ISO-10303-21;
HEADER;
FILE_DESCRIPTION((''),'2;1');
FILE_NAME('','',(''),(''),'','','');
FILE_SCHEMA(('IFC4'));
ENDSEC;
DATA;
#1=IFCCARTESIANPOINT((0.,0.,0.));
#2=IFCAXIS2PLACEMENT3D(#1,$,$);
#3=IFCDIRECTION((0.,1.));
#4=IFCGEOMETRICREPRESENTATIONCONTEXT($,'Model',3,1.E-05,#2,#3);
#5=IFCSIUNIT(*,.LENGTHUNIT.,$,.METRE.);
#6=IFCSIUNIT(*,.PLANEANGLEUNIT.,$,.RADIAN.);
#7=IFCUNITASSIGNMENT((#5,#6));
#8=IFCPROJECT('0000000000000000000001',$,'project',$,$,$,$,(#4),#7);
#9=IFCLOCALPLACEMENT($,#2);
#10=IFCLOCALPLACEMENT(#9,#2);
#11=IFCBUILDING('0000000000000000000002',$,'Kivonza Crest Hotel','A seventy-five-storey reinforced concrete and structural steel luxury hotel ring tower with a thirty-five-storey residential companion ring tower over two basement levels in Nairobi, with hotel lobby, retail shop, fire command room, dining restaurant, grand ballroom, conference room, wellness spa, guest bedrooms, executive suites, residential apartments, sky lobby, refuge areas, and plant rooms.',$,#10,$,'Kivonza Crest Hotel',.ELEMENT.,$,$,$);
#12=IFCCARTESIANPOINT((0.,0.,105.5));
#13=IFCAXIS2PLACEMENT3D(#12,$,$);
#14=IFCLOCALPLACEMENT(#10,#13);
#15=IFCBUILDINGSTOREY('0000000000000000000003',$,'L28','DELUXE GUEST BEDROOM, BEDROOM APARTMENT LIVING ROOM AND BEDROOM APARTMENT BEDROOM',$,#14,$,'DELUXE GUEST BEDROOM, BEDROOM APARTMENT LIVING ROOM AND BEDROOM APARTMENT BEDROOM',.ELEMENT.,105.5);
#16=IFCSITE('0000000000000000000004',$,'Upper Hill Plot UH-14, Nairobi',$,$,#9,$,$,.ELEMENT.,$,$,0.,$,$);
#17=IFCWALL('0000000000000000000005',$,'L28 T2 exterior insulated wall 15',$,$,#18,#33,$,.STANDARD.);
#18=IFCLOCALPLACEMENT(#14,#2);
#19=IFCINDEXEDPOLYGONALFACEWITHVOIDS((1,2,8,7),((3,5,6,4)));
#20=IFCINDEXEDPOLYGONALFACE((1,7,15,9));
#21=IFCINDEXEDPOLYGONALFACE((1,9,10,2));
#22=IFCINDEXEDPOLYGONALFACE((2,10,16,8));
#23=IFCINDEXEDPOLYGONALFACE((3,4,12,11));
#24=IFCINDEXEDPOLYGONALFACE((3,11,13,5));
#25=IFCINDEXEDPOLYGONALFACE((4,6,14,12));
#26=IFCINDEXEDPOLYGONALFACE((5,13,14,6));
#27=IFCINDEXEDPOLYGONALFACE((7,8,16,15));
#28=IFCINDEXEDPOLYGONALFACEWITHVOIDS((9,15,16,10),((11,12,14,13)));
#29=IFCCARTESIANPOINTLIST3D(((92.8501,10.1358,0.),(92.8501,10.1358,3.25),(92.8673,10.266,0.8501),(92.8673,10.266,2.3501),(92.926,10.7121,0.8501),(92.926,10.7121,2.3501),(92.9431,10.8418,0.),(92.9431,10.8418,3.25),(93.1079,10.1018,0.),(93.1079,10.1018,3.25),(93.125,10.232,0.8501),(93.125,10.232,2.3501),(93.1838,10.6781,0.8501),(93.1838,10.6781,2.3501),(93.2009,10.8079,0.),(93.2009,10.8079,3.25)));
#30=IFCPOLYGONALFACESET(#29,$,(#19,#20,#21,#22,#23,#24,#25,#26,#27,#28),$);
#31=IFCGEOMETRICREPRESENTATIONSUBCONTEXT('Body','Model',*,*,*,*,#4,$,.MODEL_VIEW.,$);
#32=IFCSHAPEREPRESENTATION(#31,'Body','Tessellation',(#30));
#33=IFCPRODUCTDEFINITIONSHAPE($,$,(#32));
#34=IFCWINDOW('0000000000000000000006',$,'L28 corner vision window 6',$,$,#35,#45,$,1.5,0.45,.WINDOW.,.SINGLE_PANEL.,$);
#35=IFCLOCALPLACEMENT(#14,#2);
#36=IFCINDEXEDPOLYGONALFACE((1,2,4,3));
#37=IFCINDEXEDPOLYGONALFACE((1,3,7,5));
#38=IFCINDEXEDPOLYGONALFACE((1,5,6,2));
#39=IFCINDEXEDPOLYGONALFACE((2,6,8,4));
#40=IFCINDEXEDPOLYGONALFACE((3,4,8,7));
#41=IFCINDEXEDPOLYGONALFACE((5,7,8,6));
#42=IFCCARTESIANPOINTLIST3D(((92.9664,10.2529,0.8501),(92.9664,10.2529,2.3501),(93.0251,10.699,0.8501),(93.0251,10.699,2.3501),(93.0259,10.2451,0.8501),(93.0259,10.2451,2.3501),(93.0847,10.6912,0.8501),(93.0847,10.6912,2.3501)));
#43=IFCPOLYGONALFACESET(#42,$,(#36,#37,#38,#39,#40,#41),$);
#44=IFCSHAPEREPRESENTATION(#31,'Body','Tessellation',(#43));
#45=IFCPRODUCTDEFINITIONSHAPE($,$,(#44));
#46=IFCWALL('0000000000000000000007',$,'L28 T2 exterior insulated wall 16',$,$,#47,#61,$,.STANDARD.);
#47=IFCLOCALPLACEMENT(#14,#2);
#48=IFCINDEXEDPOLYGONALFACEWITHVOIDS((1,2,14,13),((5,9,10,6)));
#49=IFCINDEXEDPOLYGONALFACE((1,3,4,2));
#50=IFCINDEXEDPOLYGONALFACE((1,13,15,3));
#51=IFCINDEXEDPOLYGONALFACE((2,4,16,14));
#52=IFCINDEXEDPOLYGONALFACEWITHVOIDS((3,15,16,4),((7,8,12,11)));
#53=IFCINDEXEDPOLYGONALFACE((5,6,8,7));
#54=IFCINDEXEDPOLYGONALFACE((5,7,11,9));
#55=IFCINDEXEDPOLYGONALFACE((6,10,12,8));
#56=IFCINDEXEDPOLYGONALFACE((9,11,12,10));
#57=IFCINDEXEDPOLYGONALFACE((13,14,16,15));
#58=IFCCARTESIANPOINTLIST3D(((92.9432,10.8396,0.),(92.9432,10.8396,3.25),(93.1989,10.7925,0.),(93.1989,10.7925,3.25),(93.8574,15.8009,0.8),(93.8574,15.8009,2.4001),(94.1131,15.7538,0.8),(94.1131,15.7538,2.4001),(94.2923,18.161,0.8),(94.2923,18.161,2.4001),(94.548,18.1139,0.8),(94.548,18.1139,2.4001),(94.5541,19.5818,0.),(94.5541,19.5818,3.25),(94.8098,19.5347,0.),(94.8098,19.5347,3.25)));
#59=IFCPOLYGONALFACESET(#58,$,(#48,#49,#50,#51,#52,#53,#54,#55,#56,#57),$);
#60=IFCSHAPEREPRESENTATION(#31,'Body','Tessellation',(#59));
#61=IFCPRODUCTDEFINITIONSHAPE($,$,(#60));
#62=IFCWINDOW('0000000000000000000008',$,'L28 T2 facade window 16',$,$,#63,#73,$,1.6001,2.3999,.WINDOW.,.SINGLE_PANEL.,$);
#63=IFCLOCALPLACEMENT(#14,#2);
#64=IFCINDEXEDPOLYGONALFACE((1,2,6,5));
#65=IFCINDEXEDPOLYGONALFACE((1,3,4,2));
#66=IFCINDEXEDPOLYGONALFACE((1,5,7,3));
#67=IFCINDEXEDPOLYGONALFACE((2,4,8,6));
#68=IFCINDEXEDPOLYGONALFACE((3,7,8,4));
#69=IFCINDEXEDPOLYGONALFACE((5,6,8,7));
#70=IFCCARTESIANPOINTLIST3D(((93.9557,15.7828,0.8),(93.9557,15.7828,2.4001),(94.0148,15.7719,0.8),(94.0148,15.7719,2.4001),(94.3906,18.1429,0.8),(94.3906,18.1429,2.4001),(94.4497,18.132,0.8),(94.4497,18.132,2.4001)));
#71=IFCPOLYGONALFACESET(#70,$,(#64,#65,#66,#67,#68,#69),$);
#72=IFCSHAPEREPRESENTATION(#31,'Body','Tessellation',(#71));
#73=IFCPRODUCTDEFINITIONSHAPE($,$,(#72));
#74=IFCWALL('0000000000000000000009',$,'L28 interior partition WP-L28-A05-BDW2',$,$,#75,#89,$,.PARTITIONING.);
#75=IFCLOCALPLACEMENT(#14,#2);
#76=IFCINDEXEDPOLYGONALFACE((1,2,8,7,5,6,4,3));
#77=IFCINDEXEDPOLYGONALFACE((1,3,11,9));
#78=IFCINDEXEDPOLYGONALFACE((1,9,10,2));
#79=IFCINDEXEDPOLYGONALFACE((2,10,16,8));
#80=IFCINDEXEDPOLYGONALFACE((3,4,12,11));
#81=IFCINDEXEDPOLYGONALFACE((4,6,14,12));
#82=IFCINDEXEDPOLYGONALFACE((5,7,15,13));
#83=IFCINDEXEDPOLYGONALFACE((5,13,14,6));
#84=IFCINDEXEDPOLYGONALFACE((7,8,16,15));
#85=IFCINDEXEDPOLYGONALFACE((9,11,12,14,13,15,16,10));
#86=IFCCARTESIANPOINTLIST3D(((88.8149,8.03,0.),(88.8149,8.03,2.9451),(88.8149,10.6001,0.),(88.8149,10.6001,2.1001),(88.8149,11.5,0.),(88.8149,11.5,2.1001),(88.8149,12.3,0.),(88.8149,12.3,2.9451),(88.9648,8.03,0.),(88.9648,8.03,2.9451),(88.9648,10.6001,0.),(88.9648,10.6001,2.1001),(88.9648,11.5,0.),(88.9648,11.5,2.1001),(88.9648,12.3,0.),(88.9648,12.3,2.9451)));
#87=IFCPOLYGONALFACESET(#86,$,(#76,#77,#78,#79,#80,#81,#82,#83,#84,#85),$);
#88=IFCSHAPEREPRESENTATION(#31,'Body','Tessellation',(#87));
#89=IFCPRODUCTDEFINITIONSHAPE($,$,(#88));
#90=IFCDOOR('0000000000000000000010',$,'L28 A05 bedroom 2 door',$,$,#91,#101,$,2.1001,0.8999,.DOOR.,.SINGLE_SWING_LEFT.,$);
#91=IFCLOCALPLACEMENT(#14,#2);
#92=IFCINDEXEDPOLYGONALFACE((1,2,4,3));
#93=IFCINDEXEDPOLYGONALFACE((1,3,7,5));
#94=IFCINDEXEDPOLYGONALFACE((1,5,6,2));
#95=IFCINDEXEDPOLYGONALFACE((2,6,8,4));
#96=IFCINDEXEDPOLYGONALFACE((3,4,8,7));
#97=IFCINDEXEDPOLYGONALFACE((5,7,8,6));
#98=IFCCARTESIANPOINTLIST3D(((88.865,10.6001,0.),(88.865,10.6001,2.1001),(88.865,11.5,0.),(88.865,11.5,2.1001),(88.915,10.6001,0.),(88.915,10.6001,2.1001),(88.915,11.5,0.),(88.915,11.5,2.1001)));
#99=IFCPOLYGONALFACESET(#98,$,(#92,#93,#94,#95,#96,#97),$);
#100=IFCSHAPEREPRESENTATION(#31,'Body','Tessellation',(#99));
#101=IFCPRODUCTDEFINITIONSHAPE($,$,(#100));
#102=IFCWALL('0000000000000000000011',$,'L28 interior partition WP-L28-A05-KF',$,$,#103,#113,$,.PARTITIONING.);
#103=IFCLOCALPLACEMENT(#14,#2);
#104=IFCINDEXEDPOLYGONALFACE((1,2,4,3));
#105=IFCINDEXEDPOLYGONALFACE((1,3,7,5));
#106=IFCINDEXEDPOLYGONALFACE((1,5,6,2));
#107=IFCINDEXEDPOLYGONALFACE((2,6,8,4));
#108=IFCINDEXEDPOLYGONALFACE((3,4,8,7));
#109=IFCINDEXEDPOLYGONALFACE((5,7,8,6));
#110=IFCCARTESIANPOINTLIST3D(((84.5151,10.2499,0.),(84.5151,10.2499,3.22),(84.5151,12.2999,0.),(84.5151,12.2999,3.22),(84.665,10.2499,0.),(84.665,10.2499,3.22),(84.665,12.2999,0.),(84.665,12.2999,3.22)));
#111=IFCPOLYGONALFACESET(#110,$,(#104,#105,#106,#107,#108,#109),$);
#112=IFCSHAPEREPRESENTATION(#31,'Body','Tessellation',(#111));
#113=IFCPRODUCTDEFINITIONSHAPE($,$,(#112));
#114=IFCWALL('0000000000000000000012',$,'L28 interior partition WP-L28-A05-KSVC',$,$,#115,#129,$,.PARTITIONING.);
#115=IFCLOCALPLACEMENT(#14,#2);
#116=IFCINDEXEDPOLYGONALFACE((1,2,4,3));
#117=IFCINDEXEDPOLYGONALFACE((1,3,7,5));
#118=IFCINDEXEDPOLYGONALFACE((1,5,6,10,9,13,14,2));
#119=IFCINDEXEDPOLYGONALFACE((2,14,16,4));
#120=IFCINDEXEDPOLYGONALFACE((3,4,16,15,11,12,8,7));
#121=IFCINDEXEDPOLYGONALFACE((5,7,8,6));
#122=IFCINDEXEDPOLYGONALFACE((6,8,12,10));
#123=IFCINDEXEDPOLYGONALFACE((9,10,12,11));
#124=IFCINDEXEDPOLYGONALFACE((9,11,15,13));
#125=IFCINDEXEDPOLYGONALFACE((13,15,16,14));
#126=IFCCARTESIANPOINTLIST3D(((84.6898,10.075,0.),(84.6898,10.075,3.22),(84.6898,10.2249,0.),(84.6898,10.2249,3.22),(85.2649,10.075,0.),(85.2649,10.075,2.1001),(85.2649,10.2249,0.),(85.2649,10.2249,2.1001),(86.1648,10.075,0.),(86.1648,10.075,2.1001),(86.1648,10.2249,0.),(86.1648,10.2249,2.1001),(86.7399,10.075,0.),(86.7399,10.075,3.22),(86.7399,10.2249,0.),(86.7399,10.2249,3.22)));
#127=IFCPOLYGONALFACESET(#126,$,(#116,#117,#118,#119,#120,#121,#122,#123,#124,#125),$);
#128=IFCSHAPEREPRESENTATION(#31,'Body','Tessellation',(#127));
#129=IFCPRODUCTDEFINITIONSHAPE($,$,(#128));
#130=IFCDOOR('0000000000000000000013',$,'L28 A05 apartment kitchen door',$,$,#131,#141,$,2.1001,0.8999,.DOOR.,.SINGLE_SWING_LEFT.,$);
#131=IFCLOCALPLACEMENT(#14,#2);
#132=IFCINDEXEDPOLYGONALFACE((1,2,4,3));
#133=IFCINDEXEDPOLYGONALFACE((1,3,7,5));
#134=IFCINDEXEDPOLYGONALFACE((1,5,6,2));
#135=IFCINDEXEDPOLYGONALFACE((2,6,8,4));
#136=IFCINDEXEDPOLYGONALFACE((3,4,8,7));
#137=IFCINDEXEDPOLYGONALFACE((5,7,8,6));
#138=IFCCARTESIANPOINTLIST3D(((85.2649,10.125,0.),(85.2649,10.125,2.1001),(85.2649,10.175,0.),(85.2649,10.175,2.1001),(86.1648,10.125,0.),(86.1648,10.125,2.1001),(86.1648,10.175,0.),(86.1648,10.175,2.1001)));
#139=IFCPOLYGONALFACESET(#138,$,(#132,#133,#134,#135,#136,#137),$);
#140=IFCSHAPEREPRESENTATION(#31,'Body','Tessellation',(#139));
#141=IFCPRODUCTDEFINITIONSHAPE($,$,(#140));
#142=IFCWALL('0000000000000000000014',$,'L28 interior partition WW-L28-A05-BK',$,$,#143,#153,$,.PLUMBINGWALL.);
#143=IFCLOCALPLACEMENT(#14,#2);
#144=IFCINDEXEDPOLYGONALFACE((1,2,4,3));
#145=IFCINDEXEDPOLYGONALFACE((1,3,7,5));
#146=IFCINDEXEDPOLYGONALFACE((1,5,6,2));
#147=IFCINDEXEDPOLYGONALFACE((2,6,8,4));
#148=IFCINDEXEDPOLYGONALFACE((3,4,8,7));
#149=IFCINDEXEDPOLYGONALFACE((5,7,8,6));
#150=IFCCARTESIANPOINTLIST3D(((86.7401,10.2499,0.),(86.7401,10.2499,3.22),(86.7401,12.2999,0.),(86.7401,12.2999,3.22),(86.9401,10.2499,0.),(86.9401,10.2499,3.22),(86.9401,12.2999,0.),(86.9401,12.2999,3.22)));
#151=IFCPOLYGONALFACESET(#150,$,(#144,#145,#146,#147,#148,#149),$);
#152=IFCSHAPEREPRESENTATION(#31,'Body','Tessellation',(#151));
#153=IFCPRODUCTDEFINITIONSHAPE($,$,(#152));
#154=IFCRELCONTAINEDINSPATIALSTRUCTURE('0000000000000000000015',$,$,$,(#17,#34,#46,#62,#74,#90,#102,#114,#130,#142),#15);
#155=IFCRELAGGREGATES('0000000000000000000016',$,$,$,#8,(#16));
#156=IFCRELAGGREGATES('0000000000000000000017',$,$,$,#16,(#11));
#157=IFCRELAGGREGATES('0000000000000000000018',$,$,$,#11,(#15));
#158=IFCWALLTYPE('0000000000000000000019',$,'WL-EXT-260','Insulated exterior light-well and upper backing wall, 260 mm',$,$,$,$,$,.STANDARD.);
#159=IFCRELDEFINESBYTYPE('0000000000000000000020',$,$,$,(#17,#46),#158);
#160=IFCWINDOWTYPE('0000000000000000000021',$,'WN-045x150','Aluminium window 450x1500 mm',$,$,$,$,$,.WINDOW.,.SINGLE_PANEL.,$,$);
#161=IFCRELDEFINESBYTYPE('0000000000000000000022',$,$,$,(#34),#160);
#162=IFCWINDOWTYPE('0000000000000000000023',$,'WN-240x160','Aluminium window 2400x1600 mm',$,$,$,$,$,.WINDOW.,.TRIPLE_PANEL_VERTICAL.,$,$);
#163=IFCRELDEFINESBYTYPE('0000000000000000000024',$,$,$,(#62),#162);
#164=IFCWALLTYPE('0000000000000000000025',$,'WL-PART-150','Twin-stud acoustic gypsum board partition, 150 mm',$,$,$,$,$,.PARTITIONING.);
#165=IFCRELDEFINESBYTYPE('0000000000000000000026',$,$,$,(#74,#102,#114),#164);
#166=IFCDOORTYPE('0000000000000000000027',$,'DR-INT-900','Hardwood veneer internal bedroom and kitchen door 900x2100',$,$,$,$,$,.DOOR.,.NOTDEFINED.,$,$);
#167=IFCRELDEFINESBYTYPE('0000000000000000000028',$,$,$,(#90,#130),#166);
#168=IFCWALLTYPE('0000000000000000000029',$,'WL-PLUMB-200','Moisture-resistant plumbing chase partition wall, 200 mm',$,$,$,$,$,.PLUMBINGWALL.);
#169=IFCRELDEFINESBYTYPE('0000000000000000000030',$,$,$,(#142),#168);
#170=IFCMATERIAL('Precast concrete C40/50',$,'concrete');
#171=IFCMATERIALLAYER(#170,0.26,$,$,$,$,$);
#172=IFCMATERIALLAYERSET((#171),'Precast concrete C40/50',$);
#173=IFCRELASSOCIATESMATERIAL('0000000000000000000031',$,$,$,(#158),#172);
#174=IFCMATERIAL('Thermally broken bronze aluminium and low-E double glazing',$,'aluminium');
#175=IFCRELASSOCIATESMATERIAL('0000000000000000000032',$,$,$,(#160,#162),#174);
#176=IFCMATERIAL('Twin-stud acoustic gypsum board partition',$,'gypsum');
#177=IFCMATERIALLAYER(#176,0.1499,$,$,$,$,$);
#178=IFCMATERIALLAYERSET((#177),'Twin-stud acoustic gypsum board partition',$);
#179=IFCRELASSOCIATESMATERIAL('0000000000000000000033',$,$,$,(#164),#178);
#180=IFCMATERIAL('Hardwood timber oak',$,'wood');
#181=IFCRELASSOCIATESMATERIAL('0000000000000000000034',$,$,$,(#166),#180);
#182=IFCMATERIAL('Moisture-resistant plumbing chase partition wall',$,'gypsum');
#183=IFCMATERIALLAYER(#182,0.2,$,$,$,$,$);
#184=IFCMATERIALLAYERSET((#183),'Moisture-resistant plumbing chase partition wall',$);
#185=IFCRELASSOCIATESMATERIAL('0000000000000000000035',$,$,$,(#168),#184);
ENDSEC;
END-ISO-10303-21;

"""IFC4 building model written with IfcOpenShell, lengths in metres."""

from ifc_helpers import new_model, si_unit, direction, frame, frame_2d, origin, place, context, subcontext, project, spatial, rectangle, extrude, material, layer, layer_set, type_object, element, fill, save


model = new_model("IFC4")

# Units and contexts
model_context = context("Model", 3, precision=1e-05, world=origin(), true_north=direction((0.0, 1.0)))
body_context = subcontext(model_context, "Body", "Model", "MODEL_VIEW")
ifc_project = project(units=[si_unit("LENGTHUNIT", "METRE"), si_unit("PLANEANGLEUNIT", "RADIAN")], contexts=[model_context])

# Site, building, storey
site_placement = place(None, origin())
site = spatial("IfcSite", under=ifc_project, at=site_placement, Name="Upper Hill Plot UH-14, Nairobi", CompositionType="ELEMENT", RefElevation=0.0)
building_placement = place(site_placement, origin())
building = spatial("IfcBuilding", under=site, at=building_placement, Name="Kivonza Crest Hotel", Description="A seventy-five-storey reinforced concrete and structural steel luxury hotel ring tower with a thirty-five-storey residential companion ring tower over two basement levels in Nairobi, with hotel lobby, retail shop, fire command room, dining restaurant, grand ballroom, conference room, wellness spa, guest bedrooms, executive suites, residential apartments, sky lobby, refuge areas, and plant rooms.", LongName="Kivonza Crest Hotel", CompositionType="ELEMENT")
storey_placement = place(building_placement, frame((0.0, 0.0, 105.5)))
storey = spatial("IfcBuildingStorey", under=building, at=storey_placement, Name="L28", Description="DELUXE GUEST BEDROOM, BEDROOM APARTMENT LIVING ROOM AND BEDROOM APARTMENT BEDROOM", LongName="DELUXE GUEST BEDROOM, BEDROOM APARTMENT LIVING ROOM AND BEDROOM APARTMENT BEDROOM", CompositionType="ELEMENT", Elevation=105.5)

# Shared definitions
ifc_material_1 = material(Name="Precast concrete C40/50", Category="concrete")
ifc_layer_1 = layer(ifc_material_1, 0.26)
ifc_layer_set_1 = layer_set([ifc_layer_1], Name="Precast concrete C40/50")
wall_type_1 = type_object("IfcWallType", Name="WL-EXT-260", Description="Insulated exterior light-well and upper backing wall, 260 mm", PredefinedType="STANDARD", material=ifc_layer_set_1)

# Walls, openings, windows
wall_1_placement = place(storey_placement, frame((92.979, 10.1189, 0.0), z_axis=(0.0, 0.0, 1.0), x_axis=(0.130614, 0.991433, 0.0)))
wall_1 = element("IfcWall", 1, at=wall_1_placement, inside=storey, type_object=wall_type_1, Name="L28 T2 exterior insulated wall 15", PredefinedType="STANDARD", context=body_context, shape_type="SweptSolid", body=[
    extrude(rectangle(XDim=0.7122, YDim=0.26, at=frame_2d((0.356, 0.0))), origin(), (0.0, 0.0, 1.0), 3.25),
])
opening_1_placement = place(wall_1_placement, frame((0.1311, 0.0, 0.8501)))
opening_1 = element("IfcOpeningElement", 2, at=opening_1_placement, cuts=wall_1, PredefinedType="OPENING", context=body_context, shape_type="SweptSolid", body=[
    extrude(rectangle(XDim=0.45, YDim=1.5, at=frame_2d((0.2251, 0.75))), frame((0.0, 0.1401, 0.0), z_axis=(0.0, -1.0, 0.0), x_axis=(1.0, 0.0, 0.0)), (0.0, 0.0, 1.0), 0.28),
])
ifc_material_2 = material(Name="Thermally broken bronze aluminium and low-E double glazing", Category="aluminium")
window_type_1 = type_object("IfcWindowType", Name="WN-045x150", Description="Aluminium window 450x1500 mm", PartitioningType="SINGLE_PANEL", PredefinedType="WINDOW", material=ifc_material_2)
window_1_placement = place(opening_1_placement, origin())
window_1 = element("IfcWindow", 3, at=window_1_placement, inside=storey, type_object=window_type_1, Name="L28 corner vision window 6", OverallHeight=1.5, OverallWidth=0.45, PartitioningType="SINGLE_PANEL", PredefinedType="WINDOW", context=body_context, shape_type="SweptSolid", body=[
    extrude(rectangle(XDim=0.45, YDim=1.5, at=frame_2d((0.2251, 0.75))), frame((0.0, 0.03, 0.0), z_axis=(0.0, -1.0, 0.0), x_axis=(1.0, 0.0, 0.0)), (0.0, 0.0, 1.0), 0.0601),
])
fill(opening_1, window_1)
wall_2_placement = place(storey_placement, frame((93.071, 10.8159, 0.0), z_axis=(0.0, 0.0, 1.0), x_axis=(0.18121, 0.983444, 0.0)))
wall_2 = element("IfcWall", 4, at=wall_2_placement, inside=storey, type_object=wall_type_1, Name="L28 T2 exterior insulated wall 16", PredefinedType="STANDARD", context=body_context, shape_type="SweptSolid", body=[
    extrude(rectangle(XDim=8.8894, YDim=0.26, at=frame_2d((4.4448, 0.0))), origin(), (0.0, 0.0, 1.0), 3.25),
])
opening_2_placement = place(wall_2_placement, frame((5.0449, 0.0, 0.8)))
opening_2 = element("IfcOpeningElement", 5, at=opening_2_placement, cuts=wall_2, PredefinedType="OPENING", context=body_context, shape_type="SweptSolid", body=[
    extrude(rectangle(XDim=2.3999, YDim=1.6001, at=frame_2d((1.2, 0.8))), frame((0.0, 0.1401, 0.0), z_axis=(0.0, -1.0, 0.0), x_axis=(1.0, 0.0, 0.0)), (0.0, 0.0, 1.0), 0.28),
])
window_type_2 = type_object("IfcWindowType", Name="WN-240x160", Description="Aluminium window 2400x1600 mm", PartitioningType="TRIPLE_PANEL_VERTICAL", PredefinedType="WINDOW", material=ifc_material_2)
window_2_placement = place(opening_2_placement, origin())
window_2 = element("IfcWindow", 6, at=window_2_placement, inside=storey, type_object=window_type_2, Name="L28 T2 facade window 16", OverallHeight=1.6001, OverallWidth=2.3999, PartitioningType="SINGLE_PANEL", PredefinedType="WINDOW", context=body_context, shape_type="SweptSolid", body=[
    extrude(rectangle(XDim=2.3999, YDim=1.6001, at=frame_2d((1.2, 0.8))), frame((0.0, 0.03, 0.0), z_axis=(0.0, -1.0, 0.0), x_axis=(1.0, 0.0, 0.0)), (0.0, 0.0, 1.0), 0.0601),
])
fill(opening_2, window_2)

# Wall, opening, door
ifc_material_3 = material(Name="Twin-stud acoustic gypsum board partition", Category="gypsum")
ifc_layer_2 = layer(ifc_material_3, 0.1499)
ifc_layer_set_2 = layer_set([ifc_layer_2], Name="Twin-stud acoustic gypsum board partition")
wall_type_2 = type_object("IfcWallType", Name="WL-PART-150", Description="Twin-stud acoustic gypsum board partition, 150 mm", PredefinedType="PARTITIONING", material=ifc_layer_set_2)
wall_3_placement = place(storey_placement, frame((88.8899, 8.03, 0.0), z_axis=(0.0, 0.0, 1.0), x_axis=(0.0, 1.0, 0.0)))
wall_3 = element("IfcWall", 7, at=wall_3_placement, inside=storey, type_object=wall_type_2, Name="L28 interior partition WP-L28-A05-BDW2", PredefinedType="PARTITIONING", context=body_context, shape_type="SweptSolid", body=[
    extrude(rectangle(XDim=4.27, YDim=0.1499, at=frame_2d((2.135, 0.0))), origin(), (0.0, 0.0, 1.0), 2.9451),
])
opening_3_placement = place(wall_3_placement, frame((2.5701, 0.0, 0.0)))
opening_3 = element("IfcOpeningElement", 8, at=opening_3_placement, cuts=wall_3, PredefinedType="OPENING", context=body_context, shape_type="SweptSolid", body=[
    extrude(rectangle(XDim=0.8999, YDim=2.1001, at=frame_2d((0.45, 1.05))), frame((0.0, 0.085, 0.0), z_axis=(0.0, -1.0, 0.0), x_axis=(1.0, 0.0, 0.0)), (0.0, 0.0, 1.0), 0.1699),
])
ifc_material_4 = material(Name="Hardwood timber oak", Category="wood")
door_type_1 = type_object("IfcDoorType", Name="DR-INT-900", Description="Hardwood veneer internal bedroom and kitchen door 900x2100", OperationType="NOTDEFINED", PredefinedType="DOOR", material=ifc_material_4)
door_1_placement = place(opening_3_placement, origin())
door_1 = element("IfcDoor", 9, at=door_1_placement, inside=storey, type_object=door_type_1, Name="L28 A05 bedroom 2 door", OperationType="SINGLE_SWING_LEFT", OverallHeight=2.1001, OverallWidth=0.8999, PredefinedType="DOOR", context=body_context, shape_type="SweptSolid", body=[
    extrude(rectangle(XDim=0.8999, YDim=2.1001, at=frame_2d((0.45, 1.05))), frame((0.0, 0.0249, 0.0), z_axis=(0.0, -1.0, 0.0), x_axis=(1.0, 0.0, 0.0)), (0.0, 0.0, 1.0), 0.05),
])
fill(opening_3, door_1)

# Wall
wall_4_placement = place(storey_placement, frame((84.5901, 10.25, 0.0), z_axis=(0.0, 0.0, 1.0), x_axis=(0.0, 1.0, 0.0)))
element("IfcWall", 10, at=wall_4_placement, inside=storey, type_object=wall_type_2, Name="L28 interior partition WP-L28-A05-KF", PredefinedType="PARTITIONING", context=body_context, shape_type="SweptSolid", body=[
    extrude(rectangle(XDim=2.05, YDim=0.1499, at=frame_2d((1.0249, 0.0))), origin(), (0.0, 0.0, 1.0), 3.22),
])

# Wall, opening, door
wall_5_placement = place(storey_placement, frame((84.6899, 10.1499, 0.0), z_axis=(0.0, 0.0, 1.0), x_axis=(1.0, 0.0, 0.0)))
wall_5 = element("IfcWall", 11, at=wall_5_placement, inside=storey, type_object=wall_type_2, Name="L28 interior partition WP-L28-A05-KSVC", PredefinedType="PARTITIONING", context=body_context, shape_type="SweptSolid", body=[
    extrude(rectangle(XDim=2.05, YDim=0.1499, at=frame_2d((1.0249, 0.0))), origin(), (0.0, 0.0, 1.0), 3.22),
])
opening_4_placement = place(wall_5_placement, frame((0.575, 0.0, 0.0)))
opening_4 = element("IfcOpeningElement", 12, at=opening_4_placement, cuts=wall_5, PredefinedType="OPENING", context=body_context, shape_type="SweptSolid", body=[
    extrude(rectangle(XDim=0.8999, YDim=2.1001, at=frame_2d((0.45, 1.05))), frame((0.0, 0.085, 0.0), z_axis=(0.0, -1.0, 0.0), x_axis=(1.0, 0.0, 0.0)), (0.0, 0.0, 1.0), 0.1699),
])
door_2_placement = place(opening_4_placement, frame((0.8999, 0.0, 0.0), z_axis=(0.0, 0.0, 1.0), x_axis=(-1.0, 0.0, 0.0)))
door_2 = element("IfcDoor", 13, at=door_2_placement, inside=storey, type_object=door_type_1, Name="L28 A05 apartment kitchen door", OperationType="SINGLE_SWING_LEFT", OverallHeight=2.1001, OverallWidth=0.8999, PredefinedType="DOOR", context=body_context, shape_type="SweptSolid", body=[
    extrude(rectangle(XDim=0.8999, YDim=2.1001, at=frame_2d((0.45, 1.05))), frame((0.0, 0.0249, 0.0), z_axis=(0.0, -1.0, 0.0), x_axis=(1.0, 0.0, 0.0)), (0.0, 0.0, 1.0), 0.05),
])
fill(opening_4, door_2)

# Wall
ifc_material_5 = material(Name="Moisture-resistant plumbing chase partition wall", Category="gypsum")
ifc_layer_3 = layer(ifc_material_5, 0.2)
ifc_layer_set_3 = layer_set([ifc_layer_3], Name="Moisture-resistant plumbing chase partition wall")
wall_type_3 = type_object("IfcWallType", Name="WL-PLUMB-200", Description="Moisture-resistant plumbing chase partition wall, 200 mm", PredefinedType="PLUMBINGWALL", material=ifc_layer_set_3)
wall_6_placement = place(storey_placement, frame((86.8401, 10.25, 0.0), z_axis=(0.0, 0.0, 1.0), x_axis=(0.0, 1.0, 0.0)))
element("IfcWall", 14, at=wall_6_placement, inside=storey, type_object=wall_type_3, Name="L28 interior partition WW-L28-A05-BK", PredefinedType="PLUMBINGWALL", context=body_context, shape_type="SweptSolid", body=[
    extrude(rectangle(XDim=2.05, YDim=0.2, at=frame_2d((1.0249, 0.0))), origin(), (0.0, 0.0, 1.0), 3.22),
])

save(model, "model.ifc")
